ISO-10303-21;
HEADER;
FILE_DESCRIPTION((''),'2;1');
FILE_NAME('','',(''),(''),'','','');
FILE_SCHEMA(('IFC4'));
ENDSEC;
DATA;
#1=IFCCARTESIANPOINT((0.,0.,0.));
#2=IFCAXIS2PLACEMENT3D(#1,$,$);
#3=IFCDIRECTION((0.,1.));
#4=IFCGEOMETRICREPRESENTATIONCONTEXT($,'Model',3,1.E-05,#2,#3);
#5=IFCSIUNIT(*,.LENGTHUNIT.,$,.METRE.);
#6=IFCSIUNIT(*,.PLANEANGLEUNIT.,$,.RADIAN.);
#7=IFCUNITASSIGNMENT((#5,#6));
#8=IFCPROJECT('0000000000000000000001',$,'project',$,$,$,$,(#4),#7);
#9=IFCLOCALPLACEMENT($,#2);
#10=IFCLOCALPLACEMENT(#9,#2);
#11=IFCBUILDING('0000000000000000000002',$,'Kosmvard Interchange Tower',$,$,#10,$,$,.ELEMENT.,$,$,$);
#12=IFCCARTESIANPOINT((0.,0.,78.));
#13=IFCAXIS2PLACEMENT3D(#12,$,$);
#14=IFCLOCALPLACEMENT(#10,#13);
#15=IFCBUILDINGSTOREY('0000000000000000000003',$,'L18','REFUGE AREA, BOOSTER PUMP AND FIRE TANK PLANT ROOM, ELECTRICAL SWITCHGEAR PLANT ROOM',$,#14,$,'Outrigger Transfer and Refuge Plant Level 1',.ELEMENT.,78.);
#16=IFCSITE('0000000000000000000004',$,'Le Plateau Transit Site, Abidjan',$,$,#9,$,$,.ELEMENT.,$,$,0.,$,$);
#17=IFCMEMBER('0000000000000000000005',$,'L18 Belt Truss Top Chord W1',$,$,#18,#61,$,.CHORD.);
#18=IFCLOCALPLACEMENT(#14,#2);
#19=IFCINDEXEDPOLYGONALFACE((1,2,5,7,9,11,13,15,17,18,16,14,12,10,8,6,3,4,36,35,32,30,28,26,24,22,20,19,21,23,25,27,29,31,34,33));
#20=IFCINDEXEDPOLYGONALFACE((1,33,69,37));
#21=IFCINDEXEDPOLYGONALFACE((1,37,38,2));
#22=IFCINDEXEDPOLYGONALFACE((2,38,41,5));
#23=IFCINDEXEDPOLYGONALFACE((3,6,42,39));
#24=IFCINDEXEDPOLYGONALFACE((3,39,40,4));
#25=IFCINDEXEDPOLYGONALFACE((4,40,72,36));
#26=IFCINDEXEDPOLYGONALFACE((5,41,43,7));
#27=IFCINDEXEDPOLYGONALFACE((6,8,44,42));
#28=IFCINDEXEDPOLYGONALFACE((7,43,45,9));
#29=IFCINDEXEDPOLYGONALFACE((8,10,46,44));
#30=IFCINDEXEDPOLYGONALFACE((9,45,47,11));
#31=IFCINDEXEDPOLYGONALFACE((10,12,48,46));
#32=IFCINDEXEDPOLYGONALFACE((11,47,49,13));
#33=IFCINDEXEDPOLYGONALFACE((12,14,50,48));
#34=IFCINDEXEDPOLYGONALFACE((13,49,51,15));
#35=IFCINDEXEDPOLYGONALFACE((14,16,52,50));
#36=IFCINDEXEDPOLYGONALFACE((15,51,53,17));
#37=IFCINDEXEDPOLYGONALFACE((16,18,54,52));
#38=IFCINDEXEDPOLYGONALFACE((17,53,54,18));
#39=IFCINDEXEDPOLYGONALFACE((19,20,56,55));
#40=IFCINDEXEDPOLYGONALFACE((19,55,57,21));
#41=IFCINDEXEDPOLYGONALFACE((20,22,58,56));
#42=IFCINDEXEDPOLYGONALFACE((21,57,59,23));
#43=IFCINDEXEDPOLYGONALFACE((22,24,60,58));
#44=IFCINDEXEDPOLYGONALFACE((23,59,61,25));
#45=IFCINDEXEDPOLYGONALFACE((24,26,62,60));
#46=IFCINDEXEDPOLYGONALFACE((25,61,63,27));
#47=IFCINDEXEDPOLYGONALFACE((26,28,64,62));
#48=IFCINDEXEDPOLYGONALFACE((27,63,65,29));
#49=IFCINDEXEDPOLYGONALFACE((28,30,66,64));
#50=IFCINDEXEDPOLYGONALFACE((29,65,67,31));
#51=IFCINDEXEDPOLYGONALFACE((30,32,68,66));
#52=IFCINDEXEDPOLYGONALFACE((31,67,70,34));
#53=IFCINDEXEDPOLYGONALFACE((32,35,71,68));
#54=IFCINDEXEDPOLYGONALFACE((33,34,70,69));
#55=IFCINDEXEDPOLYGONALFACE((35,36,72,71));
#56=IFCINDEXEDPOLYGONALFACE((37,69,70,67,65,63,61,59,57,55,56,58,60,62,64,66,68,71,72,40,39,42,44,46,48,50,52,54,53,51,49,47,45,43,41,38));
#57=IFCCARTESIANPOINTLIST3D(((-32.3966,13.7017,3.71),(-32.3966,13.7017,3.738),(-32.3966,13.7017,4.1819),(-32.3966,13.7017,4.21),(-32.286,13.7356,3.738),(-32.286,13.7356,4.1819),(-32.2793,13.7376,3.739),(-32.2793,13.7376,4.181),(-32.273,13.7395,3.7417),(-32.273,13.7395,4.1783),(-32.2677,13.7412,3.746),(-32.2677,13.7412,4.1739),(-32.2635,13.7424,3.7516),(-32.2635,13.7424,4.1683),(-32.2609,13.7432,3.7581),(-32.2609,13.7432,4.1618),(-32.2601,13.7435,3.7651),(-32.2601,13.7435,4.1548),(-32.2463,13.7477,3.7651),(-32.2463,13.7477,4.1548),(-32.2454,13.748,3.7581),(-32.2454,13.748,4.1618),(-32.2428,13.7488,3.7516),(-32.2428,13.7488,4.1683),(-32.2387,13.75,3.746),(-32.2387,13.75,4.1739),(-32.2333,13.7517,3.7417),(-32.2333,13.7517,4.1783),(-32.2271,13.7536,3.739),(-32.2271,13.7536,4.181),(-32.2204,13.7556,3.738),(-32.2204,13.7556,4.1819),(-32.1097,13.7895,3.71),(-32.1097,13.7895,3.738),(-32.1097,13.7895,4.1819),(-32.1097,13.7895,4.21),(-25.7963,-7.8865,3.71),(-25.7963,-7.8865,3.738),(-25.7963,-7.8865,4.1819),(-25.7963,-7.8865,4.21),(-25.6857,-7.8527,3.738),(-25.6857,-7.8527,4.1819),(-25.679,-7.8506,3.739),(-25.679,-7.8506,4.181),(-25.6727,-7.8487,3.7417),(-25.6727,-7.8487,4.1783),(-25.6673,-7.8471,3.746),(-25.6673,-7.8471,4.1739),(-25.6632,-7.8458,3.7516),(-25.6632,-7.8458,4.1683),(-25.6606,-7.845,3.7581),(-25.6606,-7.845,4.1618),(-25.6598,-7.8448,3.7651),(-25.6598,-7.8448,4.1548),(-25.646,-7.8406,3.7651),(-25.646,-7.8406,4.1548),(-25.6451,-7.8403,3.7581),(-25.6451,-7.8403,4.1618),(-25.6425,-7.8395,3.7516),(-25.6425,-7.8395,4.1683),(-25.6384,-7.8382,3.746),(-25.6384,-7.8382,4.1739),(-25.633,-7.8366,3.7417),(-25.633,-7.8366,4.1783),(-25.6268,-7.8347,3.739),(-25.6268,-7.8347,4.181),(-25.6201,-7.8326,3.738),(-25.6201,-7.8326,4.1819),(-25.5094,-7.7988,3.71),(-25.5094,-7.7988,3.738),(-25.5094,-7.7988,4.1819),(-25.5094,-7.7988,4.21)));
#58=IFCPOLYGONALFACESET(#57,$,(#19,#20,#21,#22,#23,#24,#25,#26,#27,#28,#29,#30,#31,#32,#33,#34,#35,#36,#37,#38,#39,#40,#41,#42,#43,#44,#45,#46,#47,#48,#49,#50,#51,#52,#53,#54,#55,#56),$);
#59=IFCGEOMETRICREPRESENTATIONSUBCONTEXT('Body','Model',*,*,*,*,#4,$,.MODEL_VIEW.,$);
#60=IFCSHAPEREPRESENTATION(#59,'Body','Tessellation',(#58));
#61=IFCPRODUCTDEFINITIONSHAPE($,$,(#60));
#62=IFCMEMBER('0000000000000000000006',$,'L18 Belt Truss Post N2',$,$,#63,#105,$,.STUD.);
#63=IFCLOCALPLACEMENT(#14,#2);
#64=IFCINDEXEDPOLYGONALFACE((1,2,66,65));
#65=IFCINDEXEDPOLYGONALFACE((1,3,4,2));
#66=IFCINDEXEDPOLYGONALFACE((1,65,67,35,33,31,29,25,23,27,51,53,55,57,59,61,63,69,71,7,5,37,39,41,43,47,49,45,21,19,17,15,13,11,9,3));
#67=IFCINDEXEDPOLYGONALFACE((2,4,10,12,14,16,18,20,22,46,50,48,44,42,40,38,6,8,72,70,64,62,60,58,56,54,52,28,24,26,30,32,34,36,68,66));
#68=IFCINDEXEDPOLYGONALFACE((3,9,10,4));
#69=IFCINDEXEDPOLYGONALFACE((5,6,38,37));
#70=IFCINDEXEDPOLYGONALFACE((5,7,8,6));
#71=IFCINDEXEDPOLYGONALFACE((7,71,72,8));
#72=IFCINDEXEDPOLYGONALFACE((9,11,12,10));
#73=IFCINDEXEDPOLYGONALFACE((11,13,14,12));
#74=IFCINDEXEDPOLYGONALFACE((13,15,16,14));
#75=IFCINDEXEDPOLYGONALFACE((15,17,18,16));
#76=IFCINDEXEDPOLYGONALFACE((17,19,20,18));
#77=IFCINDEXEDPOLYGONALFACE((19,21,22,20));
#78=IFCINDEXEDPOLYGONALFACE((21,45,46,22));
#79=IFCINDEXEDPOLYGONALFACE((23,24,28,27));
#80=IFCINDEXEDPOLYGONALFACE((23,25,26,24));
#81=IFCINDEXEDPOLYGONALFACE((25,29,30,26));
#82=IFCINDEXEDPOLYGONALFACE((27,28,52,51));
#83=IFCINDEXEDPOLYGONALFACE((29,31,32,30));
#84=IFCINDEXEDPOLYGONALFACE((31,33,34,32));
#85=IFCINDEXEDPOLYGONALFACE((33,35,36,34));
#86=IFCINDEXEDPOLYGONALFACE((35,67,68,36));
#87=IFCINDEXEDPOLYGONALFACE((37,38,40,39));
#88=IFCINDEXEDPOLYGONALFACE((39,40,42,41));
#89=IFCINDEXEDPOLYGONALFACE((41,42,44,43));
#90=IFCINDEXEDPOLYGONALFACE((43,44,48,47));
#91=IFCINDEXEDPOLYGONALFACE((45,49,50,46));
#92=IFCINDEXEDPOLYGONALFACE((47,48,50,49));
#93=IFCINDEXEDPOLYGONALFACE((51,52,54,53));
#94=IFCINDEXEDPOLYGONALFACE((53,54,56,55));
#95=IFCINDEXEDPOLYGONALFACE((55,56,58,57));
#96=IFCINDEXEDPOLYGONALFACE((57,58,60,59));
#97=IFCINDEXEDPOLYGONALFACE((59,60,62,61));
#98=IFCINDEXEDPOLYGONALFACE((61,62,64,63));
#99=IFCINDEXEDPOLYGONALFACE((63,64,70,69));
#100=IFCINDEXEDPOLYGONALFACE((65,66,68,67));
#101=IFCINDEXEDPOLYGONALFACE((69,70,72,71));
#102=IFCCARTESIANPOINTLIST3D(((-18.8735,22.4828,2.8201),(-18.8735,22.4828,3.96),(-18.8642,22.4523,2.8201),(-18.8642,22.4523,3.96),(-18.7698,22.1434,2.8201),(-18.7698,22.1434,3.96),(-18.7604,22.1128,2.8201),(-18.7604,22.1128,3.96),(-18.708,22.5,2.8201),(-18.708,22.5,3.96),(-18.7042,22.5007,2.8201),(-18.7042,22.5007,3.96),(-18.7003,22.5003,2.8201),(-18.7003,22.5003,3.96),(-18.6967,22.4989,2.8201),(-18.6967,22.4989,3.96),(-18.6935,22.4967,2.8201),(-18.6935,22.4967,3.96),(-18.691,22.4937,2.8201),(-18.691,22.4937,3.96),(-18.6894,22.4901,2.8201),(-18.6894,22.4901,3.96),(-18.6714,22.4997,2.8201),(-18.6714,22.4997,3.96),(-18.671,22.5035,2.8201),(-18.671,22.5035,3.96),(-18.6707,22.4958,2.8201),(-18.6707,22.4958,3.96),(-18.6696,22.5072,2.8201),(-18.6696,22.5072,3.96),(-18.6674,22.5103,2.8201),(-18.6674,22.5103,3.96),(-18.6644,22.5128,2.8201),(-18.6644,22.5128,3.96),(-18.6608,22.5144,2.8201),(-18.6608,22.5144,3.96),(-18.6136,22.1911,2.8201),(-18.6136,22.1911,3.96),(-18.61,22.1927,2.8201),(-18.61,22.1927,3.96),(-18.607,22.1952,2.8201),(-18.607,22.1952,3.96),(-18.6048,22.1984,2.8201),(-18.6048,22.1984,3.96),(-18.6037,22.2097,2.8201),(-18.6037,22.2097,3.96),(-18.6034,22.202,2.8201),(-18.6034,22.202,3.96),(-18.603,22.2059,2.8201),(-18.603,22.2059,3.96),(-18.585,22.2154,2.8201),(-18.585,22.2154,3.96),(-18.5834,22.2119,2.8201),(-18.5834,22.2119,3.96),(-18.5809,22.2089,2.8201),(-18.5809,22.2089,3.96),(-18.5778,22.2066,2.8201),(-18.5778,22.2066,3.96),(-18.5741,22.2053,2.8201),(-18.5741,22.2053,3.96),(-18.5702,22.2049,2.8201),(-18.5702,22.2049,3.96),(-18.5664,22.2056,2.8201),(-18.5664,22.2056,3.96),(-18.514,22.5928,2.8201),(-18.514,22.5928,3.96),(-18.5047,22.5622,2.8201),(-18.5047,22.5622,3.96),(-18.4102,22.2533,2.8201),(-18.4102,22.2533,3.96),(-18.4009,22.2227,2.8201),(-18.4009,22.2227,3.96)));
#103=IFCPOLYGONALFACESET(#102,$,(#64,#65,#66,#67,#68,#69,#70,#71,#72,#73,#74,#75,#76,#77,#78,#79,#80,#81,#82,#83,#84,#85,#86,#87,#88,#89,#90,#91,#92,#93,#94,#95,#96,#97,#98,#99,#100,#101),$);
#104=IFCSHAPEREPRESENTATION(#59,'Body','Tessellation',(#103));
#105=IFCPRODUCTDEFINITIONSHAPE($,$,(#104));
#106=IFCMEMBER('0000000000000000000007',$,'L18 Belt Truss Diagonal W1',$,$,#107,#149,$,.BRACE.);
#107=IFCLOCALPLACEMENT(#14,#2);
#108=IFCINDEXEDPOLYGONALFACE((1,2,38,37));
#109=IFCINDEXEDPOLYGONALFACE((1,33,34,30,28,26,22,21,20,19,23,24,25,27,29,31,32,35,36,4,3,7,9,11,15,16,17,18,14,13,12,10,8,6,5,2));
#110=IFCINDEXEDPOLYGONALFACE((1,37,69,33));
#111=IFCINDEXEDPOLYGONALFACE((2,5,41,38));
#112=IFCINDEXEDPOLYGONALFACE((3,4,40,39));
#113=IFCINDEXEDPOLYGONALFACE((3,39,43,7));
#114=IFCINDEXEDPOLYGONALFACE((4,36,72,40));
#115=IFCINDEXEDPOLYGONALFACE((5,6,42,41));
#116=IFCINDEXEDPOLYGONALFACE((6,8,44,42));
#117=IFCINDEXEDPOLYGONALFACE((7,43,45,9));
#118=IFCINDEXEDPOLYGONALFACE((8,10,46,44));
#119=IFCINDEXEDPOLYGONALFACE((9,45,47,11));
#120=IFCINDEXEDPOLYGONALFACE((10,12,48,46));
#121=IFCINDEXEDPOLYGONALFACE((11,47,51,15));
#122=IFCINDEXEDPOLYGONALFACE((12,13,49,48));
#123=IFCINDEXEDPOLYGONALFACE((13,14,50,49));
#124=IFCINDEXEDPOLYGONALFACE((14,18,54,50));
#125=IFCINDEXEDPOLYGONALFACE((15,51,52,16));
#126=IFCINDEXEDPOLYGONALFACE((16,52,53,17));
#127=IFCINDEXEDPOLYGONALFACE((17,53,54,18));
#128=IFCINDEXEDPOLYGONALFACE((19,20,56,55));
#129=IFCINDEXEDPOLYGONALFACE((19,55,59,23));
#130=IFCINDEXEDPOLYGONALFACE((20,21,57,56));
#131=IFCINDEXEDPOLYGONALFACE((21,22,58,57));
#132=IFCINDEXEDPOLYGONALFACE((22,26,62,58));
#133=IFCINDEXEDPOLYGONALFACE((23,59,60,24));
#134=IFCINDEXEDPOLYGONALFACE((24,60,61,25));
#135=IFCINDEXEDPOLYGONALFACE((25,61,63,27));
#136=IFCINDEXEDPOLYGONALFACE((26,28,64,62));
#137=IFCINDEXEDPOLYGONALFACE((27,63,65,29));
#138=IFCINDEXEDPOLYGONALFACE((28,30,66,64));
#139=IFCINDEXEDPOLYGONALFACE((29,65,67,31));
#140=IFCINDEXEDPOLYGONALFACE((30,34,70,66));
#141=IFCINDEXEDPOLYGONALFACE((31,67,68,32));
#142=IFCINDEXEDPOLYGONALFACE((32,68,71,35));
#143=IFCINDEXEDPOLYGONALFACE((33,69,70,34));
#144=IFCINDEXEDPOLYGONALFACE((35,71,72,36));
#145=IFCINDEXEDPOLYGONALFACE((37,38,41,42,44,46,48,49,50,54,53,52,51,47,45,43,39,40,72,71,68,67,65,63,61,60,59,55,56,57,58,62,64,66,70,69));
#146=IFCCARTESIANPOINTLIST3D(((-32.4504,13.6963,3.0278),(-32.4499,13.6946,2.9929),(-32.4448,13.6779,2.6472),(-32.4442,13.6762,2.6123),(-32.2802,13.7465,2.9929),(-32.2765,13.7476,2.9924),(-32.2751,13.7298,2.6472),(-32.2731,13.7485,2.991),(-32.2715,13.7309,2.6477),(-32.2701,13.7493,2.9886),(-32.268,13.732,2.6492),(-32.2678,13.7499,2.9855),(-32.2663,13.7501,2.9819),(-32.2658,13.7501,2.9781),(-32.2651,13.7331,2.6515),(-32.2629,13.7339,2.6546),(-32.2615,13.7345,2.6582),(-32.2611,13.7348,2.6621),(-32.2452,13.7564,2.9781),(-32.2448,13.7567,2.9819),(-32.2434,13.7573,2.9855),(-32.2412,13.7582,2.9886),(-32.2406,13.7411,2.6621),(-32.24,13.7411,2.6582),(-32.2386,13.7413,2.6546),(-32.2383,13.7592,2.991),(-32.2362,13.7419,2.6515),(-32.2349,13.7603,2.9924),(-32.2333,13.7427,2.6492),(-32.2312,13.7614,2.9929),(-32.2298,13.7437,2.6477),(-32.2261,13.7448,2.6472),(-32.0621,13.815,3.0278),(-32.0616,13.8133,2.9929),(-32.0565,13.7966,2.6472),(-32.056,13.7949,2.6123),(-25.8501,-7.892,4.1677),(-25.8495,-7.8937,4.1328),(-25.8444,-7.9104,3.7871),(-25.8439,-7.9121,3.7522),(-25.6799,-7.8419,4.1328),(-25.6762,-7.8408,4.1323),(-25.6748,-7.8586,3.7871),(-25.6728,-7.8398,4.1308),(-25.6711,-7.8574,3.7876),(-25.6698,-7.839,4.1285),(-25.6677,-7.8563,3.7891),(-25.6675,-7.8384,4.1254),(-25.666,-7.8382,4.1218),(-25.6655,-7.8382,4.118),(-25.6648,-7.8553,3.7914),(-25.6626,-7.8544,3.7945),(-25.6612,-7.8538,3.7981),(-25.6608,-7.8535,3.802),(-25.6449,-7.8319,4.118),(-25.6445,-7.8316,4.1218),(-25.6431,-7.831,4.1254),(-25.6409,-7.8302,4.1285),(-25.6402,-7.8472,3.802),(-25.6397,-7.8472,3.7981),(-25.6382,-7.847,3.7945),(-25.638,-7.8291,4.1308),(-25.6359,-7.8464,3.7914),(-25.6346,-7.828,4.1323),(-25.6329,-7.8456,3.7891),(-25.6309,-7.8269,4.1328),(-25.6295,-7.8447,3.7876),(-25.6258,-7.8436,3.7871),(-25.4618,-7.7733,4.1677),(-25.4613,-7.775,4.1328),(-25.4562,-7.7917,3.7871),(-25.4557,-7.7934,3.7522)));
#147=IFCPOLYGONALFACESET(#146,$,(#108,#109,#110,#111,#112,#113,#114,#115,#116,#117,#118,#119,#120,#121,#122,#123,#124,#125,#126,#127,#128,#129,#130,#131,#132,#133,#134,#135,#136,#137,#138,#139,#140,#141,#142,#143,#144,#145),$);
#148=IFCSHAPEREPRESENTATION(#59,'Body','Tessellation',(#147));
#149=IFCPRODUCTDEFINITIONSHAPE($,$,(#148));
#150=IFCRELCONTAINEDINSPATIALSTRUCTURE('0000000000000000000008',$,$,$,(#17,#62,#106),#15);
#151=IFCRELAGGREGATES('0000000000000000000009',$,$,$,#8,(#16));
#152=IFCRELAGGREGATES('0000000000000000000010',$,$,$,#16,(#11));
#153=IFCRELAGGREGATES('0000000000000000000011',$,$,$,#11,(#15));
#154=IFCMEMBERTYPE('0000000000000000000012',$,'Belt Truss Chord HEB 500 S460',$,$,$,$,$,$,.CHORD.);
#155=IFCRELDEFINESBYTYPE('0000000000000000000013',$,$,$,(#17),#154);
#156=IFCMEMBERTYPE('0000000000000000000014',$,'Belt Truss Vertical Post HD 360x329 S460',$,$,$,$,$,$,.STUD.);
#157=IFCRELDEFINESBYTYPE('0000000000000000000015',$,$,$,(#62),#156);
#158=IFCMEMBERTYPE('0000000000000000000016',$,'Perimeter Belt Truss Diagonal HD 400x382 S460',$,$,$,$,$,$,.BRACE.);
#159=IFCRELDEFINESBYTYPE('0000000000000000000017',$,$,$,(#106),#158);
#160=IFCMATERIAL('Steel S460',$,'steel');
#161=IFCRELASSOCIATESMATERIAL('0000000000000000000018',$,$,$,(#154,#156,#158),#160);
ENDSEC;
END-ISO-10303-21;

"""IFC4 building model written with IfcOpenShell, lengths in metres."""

from ifc_helpers import new_model, si_unit, direction, frame, origin, origin_2d, place, context, subcontext, project, spatial, i_section, extrude, source, transform, mapped, material, material_profile, profile_set, type_object, element, save


model = new_model("IFC4")

# Units and contexts
model_context = context("Model", 3, precision=1e-05, world=origin(), true_north=direction((0.0, 1.0)))
body_context = subcontext(model_context, "Body", "Model", "MODEL_VIEW")
ifc_project = project(units=[si_unit("LENGTHUNIT", "METRE"), si_unit("PLANEANGLEUNIT", "RADIAN")], contexts=[model_context])

# Site, building, storey
site_placement = place(None, origin())
site = spatial("IfcSite", under=ifc_project, at=site_placement, Name="Le Plateau Transit Site, Abidjan", CompositionType="ELEMENT", RefElevation=0.0)
building_placement = place(site_placement, origin())
building = spatial("IfcBuilding", under=site, at=building_placement, Name="Kosmvard Interchange Tower", CompositionType="ELEMENT")
storey_placement = place(building_placement, frame((0.0, 0.0, 78.0)))
storey = spatial("IfcBuildingStorey", under=building, at=storey_placement, Name="L18", Description="REFUGE AREA, BOOSTER PUMP AND FIRE TANK PLANT ROOM, ELECTRICAL SWITCHGEAR PLANT ROOM", LongName="Outrigger Transfer and Refuge Plant Level 1", CompositionType="ELEMENT", Elevation=78.0)

# Members
ifc_material_1 = material(Name="Steel S460", Category="steel")
ifc_material_profile_1 = material_profile(ifc_material_1, i_section(OverallWidth=0.3, OverallDepth=0.5, WebThickness=0.0144, FlangeThickness=0.0281, FilletRadius=0.0271, at=origin_2d()), Name="HEB 500")
ifc_profile_set_1 = profile_set([ifc_material_profile_1], Name="Steel S460")
member_type_1 = type_object("IfcMemberType", Name="Belt Truss Chord HEB 500 S460", PredefinedType="CHORD", material=ifc_profile_set_1)
shared_shape_1 = source(origin(), body_context, "Body", "SweptSolid", [
    extrude(i_section(OverallWidth=0.3, OverallDepth=0.5, WebThickness=0.0144, FlangeThickness=0.0281, FilletRadius=0.0271, at=origin_2d()), origin(), (0.0, 0.0, 1.0), 22.5747),
])
for number, where, z_axis, x_axis, name in (
    (1, (-32.2532, 13.7456, 3.96), (0.292376, -0.956303, 0.0), (0.956303, 0.292376, 0.0), "L18 Belt Truss Top Chord W1"),
):
    element("IfcMember", number, at=place(storey_placement, frame(where, z_axis=z_axis, x_axis=x_axis)), inside=storey, type_object=member_type_1, Name=name, PredefinedType="CHORD", context=body_context, shape_type="MappedRepresentation", body=[
        mapped(shared_shape_1, transform((0.0, 0.0, 0.0), scale=1.0)),
    ])
ifc_material_profile_2 = material_profile(ifc_material_1, i_section(OverallWidth=0.376, OverallDepth=0.387, WebThickness=0.0195, FlangeThickness=0.032, FilletRadius=0.0149, at=origin_2d()), Name="HD 360x329")
ifc_profile_set_2 = profile_set([ifc_material_profile_2], Name="Steel S460")
member_type_2 = type_object("IfcMemberType", Name="Belt Truss Vertical Post HD 360x329 S460", PredefinedType="STUD", material=ifc_profile_set_2)
shared_shape_2 = source(origin(), body_context, "Body", "SweptSolid", [
    extrude(i_section(OverallWidth=0.376, OverallDepth=0.387, WebThickness=0.0195, FlangeThickness=0.032, FilletRadius=0.0149, at=origin_2d()), origin(), (0.0, 0.0, 1.0), 1.1399),
])
member_1_placement = place(storey_placement, frame((-18.6372, 22.3528, 2.8201), z_axis=(0.0, 0.0, 1.0), x_axis=(0.956305, 0.292372, 0.0)))
element("IfcMember", 2, at=member_1_placement, inside=storey, type_object=member_type_2, Name="L18 Belt Truss Post N2", PredefinedType="STUD", context=body_context, shape_type="MappedRepresentation", body=[
    mapped(shared_shape_2, transform((0.0, 0.0, 0.0), scale=1.0)),
])
ifc_material_profile_3 = material_profile(ifc_material_1, i_section(OverallWidth=0.406, OverallDepth=0.416, WebThickness=0.0215, FlangeThickness=0.0349, FilletRadius=0.0149, at=origin_2d()), Name="HD 400x382")
ifc_profile_set_3 = profile_set([ifc_material_profile_3], Name="Steel S460")
member_type_3 = type_object("IfcMemberType", Name="Perimeter Belt Truss Diagonal HD 400x382 S460", PredefinedType="BRACE", material=ifc_profile_set_3)
shared_shape_3 = source(origin(), body_context, "Body", "SweptSolid", [
    extrude(i_section(OverallWidth=0.406, OverallDepth=0.416, WebThickness=0.0215, FlangeThickness=0.0349, FilletRadius=0.0149, at=origin_2d()), origin(), (0.0, 0.0, 1.0), 22.6035),
])
member_2_placement = place(storey_placement, frame((-32.2532, 13.7456, 2.8201), z_axis=(0.292004, -0.955087, 0.05043), x_axis=(0.956303, 0.292376, 0.0)))
element("IfcMember", 3, at=member_2_placement, inside=storey, type_object=member_type_3, Name="L18 Belt Truss Diagonal W1", PredefinedType="BRACE", context=body_context, shape_type="MappedRepresentation", body=[
    mapped(shared_shape_3, transform((0.0, 0.0, 0.0), scale=1.0)),
])

save(model, "model.ifc")
